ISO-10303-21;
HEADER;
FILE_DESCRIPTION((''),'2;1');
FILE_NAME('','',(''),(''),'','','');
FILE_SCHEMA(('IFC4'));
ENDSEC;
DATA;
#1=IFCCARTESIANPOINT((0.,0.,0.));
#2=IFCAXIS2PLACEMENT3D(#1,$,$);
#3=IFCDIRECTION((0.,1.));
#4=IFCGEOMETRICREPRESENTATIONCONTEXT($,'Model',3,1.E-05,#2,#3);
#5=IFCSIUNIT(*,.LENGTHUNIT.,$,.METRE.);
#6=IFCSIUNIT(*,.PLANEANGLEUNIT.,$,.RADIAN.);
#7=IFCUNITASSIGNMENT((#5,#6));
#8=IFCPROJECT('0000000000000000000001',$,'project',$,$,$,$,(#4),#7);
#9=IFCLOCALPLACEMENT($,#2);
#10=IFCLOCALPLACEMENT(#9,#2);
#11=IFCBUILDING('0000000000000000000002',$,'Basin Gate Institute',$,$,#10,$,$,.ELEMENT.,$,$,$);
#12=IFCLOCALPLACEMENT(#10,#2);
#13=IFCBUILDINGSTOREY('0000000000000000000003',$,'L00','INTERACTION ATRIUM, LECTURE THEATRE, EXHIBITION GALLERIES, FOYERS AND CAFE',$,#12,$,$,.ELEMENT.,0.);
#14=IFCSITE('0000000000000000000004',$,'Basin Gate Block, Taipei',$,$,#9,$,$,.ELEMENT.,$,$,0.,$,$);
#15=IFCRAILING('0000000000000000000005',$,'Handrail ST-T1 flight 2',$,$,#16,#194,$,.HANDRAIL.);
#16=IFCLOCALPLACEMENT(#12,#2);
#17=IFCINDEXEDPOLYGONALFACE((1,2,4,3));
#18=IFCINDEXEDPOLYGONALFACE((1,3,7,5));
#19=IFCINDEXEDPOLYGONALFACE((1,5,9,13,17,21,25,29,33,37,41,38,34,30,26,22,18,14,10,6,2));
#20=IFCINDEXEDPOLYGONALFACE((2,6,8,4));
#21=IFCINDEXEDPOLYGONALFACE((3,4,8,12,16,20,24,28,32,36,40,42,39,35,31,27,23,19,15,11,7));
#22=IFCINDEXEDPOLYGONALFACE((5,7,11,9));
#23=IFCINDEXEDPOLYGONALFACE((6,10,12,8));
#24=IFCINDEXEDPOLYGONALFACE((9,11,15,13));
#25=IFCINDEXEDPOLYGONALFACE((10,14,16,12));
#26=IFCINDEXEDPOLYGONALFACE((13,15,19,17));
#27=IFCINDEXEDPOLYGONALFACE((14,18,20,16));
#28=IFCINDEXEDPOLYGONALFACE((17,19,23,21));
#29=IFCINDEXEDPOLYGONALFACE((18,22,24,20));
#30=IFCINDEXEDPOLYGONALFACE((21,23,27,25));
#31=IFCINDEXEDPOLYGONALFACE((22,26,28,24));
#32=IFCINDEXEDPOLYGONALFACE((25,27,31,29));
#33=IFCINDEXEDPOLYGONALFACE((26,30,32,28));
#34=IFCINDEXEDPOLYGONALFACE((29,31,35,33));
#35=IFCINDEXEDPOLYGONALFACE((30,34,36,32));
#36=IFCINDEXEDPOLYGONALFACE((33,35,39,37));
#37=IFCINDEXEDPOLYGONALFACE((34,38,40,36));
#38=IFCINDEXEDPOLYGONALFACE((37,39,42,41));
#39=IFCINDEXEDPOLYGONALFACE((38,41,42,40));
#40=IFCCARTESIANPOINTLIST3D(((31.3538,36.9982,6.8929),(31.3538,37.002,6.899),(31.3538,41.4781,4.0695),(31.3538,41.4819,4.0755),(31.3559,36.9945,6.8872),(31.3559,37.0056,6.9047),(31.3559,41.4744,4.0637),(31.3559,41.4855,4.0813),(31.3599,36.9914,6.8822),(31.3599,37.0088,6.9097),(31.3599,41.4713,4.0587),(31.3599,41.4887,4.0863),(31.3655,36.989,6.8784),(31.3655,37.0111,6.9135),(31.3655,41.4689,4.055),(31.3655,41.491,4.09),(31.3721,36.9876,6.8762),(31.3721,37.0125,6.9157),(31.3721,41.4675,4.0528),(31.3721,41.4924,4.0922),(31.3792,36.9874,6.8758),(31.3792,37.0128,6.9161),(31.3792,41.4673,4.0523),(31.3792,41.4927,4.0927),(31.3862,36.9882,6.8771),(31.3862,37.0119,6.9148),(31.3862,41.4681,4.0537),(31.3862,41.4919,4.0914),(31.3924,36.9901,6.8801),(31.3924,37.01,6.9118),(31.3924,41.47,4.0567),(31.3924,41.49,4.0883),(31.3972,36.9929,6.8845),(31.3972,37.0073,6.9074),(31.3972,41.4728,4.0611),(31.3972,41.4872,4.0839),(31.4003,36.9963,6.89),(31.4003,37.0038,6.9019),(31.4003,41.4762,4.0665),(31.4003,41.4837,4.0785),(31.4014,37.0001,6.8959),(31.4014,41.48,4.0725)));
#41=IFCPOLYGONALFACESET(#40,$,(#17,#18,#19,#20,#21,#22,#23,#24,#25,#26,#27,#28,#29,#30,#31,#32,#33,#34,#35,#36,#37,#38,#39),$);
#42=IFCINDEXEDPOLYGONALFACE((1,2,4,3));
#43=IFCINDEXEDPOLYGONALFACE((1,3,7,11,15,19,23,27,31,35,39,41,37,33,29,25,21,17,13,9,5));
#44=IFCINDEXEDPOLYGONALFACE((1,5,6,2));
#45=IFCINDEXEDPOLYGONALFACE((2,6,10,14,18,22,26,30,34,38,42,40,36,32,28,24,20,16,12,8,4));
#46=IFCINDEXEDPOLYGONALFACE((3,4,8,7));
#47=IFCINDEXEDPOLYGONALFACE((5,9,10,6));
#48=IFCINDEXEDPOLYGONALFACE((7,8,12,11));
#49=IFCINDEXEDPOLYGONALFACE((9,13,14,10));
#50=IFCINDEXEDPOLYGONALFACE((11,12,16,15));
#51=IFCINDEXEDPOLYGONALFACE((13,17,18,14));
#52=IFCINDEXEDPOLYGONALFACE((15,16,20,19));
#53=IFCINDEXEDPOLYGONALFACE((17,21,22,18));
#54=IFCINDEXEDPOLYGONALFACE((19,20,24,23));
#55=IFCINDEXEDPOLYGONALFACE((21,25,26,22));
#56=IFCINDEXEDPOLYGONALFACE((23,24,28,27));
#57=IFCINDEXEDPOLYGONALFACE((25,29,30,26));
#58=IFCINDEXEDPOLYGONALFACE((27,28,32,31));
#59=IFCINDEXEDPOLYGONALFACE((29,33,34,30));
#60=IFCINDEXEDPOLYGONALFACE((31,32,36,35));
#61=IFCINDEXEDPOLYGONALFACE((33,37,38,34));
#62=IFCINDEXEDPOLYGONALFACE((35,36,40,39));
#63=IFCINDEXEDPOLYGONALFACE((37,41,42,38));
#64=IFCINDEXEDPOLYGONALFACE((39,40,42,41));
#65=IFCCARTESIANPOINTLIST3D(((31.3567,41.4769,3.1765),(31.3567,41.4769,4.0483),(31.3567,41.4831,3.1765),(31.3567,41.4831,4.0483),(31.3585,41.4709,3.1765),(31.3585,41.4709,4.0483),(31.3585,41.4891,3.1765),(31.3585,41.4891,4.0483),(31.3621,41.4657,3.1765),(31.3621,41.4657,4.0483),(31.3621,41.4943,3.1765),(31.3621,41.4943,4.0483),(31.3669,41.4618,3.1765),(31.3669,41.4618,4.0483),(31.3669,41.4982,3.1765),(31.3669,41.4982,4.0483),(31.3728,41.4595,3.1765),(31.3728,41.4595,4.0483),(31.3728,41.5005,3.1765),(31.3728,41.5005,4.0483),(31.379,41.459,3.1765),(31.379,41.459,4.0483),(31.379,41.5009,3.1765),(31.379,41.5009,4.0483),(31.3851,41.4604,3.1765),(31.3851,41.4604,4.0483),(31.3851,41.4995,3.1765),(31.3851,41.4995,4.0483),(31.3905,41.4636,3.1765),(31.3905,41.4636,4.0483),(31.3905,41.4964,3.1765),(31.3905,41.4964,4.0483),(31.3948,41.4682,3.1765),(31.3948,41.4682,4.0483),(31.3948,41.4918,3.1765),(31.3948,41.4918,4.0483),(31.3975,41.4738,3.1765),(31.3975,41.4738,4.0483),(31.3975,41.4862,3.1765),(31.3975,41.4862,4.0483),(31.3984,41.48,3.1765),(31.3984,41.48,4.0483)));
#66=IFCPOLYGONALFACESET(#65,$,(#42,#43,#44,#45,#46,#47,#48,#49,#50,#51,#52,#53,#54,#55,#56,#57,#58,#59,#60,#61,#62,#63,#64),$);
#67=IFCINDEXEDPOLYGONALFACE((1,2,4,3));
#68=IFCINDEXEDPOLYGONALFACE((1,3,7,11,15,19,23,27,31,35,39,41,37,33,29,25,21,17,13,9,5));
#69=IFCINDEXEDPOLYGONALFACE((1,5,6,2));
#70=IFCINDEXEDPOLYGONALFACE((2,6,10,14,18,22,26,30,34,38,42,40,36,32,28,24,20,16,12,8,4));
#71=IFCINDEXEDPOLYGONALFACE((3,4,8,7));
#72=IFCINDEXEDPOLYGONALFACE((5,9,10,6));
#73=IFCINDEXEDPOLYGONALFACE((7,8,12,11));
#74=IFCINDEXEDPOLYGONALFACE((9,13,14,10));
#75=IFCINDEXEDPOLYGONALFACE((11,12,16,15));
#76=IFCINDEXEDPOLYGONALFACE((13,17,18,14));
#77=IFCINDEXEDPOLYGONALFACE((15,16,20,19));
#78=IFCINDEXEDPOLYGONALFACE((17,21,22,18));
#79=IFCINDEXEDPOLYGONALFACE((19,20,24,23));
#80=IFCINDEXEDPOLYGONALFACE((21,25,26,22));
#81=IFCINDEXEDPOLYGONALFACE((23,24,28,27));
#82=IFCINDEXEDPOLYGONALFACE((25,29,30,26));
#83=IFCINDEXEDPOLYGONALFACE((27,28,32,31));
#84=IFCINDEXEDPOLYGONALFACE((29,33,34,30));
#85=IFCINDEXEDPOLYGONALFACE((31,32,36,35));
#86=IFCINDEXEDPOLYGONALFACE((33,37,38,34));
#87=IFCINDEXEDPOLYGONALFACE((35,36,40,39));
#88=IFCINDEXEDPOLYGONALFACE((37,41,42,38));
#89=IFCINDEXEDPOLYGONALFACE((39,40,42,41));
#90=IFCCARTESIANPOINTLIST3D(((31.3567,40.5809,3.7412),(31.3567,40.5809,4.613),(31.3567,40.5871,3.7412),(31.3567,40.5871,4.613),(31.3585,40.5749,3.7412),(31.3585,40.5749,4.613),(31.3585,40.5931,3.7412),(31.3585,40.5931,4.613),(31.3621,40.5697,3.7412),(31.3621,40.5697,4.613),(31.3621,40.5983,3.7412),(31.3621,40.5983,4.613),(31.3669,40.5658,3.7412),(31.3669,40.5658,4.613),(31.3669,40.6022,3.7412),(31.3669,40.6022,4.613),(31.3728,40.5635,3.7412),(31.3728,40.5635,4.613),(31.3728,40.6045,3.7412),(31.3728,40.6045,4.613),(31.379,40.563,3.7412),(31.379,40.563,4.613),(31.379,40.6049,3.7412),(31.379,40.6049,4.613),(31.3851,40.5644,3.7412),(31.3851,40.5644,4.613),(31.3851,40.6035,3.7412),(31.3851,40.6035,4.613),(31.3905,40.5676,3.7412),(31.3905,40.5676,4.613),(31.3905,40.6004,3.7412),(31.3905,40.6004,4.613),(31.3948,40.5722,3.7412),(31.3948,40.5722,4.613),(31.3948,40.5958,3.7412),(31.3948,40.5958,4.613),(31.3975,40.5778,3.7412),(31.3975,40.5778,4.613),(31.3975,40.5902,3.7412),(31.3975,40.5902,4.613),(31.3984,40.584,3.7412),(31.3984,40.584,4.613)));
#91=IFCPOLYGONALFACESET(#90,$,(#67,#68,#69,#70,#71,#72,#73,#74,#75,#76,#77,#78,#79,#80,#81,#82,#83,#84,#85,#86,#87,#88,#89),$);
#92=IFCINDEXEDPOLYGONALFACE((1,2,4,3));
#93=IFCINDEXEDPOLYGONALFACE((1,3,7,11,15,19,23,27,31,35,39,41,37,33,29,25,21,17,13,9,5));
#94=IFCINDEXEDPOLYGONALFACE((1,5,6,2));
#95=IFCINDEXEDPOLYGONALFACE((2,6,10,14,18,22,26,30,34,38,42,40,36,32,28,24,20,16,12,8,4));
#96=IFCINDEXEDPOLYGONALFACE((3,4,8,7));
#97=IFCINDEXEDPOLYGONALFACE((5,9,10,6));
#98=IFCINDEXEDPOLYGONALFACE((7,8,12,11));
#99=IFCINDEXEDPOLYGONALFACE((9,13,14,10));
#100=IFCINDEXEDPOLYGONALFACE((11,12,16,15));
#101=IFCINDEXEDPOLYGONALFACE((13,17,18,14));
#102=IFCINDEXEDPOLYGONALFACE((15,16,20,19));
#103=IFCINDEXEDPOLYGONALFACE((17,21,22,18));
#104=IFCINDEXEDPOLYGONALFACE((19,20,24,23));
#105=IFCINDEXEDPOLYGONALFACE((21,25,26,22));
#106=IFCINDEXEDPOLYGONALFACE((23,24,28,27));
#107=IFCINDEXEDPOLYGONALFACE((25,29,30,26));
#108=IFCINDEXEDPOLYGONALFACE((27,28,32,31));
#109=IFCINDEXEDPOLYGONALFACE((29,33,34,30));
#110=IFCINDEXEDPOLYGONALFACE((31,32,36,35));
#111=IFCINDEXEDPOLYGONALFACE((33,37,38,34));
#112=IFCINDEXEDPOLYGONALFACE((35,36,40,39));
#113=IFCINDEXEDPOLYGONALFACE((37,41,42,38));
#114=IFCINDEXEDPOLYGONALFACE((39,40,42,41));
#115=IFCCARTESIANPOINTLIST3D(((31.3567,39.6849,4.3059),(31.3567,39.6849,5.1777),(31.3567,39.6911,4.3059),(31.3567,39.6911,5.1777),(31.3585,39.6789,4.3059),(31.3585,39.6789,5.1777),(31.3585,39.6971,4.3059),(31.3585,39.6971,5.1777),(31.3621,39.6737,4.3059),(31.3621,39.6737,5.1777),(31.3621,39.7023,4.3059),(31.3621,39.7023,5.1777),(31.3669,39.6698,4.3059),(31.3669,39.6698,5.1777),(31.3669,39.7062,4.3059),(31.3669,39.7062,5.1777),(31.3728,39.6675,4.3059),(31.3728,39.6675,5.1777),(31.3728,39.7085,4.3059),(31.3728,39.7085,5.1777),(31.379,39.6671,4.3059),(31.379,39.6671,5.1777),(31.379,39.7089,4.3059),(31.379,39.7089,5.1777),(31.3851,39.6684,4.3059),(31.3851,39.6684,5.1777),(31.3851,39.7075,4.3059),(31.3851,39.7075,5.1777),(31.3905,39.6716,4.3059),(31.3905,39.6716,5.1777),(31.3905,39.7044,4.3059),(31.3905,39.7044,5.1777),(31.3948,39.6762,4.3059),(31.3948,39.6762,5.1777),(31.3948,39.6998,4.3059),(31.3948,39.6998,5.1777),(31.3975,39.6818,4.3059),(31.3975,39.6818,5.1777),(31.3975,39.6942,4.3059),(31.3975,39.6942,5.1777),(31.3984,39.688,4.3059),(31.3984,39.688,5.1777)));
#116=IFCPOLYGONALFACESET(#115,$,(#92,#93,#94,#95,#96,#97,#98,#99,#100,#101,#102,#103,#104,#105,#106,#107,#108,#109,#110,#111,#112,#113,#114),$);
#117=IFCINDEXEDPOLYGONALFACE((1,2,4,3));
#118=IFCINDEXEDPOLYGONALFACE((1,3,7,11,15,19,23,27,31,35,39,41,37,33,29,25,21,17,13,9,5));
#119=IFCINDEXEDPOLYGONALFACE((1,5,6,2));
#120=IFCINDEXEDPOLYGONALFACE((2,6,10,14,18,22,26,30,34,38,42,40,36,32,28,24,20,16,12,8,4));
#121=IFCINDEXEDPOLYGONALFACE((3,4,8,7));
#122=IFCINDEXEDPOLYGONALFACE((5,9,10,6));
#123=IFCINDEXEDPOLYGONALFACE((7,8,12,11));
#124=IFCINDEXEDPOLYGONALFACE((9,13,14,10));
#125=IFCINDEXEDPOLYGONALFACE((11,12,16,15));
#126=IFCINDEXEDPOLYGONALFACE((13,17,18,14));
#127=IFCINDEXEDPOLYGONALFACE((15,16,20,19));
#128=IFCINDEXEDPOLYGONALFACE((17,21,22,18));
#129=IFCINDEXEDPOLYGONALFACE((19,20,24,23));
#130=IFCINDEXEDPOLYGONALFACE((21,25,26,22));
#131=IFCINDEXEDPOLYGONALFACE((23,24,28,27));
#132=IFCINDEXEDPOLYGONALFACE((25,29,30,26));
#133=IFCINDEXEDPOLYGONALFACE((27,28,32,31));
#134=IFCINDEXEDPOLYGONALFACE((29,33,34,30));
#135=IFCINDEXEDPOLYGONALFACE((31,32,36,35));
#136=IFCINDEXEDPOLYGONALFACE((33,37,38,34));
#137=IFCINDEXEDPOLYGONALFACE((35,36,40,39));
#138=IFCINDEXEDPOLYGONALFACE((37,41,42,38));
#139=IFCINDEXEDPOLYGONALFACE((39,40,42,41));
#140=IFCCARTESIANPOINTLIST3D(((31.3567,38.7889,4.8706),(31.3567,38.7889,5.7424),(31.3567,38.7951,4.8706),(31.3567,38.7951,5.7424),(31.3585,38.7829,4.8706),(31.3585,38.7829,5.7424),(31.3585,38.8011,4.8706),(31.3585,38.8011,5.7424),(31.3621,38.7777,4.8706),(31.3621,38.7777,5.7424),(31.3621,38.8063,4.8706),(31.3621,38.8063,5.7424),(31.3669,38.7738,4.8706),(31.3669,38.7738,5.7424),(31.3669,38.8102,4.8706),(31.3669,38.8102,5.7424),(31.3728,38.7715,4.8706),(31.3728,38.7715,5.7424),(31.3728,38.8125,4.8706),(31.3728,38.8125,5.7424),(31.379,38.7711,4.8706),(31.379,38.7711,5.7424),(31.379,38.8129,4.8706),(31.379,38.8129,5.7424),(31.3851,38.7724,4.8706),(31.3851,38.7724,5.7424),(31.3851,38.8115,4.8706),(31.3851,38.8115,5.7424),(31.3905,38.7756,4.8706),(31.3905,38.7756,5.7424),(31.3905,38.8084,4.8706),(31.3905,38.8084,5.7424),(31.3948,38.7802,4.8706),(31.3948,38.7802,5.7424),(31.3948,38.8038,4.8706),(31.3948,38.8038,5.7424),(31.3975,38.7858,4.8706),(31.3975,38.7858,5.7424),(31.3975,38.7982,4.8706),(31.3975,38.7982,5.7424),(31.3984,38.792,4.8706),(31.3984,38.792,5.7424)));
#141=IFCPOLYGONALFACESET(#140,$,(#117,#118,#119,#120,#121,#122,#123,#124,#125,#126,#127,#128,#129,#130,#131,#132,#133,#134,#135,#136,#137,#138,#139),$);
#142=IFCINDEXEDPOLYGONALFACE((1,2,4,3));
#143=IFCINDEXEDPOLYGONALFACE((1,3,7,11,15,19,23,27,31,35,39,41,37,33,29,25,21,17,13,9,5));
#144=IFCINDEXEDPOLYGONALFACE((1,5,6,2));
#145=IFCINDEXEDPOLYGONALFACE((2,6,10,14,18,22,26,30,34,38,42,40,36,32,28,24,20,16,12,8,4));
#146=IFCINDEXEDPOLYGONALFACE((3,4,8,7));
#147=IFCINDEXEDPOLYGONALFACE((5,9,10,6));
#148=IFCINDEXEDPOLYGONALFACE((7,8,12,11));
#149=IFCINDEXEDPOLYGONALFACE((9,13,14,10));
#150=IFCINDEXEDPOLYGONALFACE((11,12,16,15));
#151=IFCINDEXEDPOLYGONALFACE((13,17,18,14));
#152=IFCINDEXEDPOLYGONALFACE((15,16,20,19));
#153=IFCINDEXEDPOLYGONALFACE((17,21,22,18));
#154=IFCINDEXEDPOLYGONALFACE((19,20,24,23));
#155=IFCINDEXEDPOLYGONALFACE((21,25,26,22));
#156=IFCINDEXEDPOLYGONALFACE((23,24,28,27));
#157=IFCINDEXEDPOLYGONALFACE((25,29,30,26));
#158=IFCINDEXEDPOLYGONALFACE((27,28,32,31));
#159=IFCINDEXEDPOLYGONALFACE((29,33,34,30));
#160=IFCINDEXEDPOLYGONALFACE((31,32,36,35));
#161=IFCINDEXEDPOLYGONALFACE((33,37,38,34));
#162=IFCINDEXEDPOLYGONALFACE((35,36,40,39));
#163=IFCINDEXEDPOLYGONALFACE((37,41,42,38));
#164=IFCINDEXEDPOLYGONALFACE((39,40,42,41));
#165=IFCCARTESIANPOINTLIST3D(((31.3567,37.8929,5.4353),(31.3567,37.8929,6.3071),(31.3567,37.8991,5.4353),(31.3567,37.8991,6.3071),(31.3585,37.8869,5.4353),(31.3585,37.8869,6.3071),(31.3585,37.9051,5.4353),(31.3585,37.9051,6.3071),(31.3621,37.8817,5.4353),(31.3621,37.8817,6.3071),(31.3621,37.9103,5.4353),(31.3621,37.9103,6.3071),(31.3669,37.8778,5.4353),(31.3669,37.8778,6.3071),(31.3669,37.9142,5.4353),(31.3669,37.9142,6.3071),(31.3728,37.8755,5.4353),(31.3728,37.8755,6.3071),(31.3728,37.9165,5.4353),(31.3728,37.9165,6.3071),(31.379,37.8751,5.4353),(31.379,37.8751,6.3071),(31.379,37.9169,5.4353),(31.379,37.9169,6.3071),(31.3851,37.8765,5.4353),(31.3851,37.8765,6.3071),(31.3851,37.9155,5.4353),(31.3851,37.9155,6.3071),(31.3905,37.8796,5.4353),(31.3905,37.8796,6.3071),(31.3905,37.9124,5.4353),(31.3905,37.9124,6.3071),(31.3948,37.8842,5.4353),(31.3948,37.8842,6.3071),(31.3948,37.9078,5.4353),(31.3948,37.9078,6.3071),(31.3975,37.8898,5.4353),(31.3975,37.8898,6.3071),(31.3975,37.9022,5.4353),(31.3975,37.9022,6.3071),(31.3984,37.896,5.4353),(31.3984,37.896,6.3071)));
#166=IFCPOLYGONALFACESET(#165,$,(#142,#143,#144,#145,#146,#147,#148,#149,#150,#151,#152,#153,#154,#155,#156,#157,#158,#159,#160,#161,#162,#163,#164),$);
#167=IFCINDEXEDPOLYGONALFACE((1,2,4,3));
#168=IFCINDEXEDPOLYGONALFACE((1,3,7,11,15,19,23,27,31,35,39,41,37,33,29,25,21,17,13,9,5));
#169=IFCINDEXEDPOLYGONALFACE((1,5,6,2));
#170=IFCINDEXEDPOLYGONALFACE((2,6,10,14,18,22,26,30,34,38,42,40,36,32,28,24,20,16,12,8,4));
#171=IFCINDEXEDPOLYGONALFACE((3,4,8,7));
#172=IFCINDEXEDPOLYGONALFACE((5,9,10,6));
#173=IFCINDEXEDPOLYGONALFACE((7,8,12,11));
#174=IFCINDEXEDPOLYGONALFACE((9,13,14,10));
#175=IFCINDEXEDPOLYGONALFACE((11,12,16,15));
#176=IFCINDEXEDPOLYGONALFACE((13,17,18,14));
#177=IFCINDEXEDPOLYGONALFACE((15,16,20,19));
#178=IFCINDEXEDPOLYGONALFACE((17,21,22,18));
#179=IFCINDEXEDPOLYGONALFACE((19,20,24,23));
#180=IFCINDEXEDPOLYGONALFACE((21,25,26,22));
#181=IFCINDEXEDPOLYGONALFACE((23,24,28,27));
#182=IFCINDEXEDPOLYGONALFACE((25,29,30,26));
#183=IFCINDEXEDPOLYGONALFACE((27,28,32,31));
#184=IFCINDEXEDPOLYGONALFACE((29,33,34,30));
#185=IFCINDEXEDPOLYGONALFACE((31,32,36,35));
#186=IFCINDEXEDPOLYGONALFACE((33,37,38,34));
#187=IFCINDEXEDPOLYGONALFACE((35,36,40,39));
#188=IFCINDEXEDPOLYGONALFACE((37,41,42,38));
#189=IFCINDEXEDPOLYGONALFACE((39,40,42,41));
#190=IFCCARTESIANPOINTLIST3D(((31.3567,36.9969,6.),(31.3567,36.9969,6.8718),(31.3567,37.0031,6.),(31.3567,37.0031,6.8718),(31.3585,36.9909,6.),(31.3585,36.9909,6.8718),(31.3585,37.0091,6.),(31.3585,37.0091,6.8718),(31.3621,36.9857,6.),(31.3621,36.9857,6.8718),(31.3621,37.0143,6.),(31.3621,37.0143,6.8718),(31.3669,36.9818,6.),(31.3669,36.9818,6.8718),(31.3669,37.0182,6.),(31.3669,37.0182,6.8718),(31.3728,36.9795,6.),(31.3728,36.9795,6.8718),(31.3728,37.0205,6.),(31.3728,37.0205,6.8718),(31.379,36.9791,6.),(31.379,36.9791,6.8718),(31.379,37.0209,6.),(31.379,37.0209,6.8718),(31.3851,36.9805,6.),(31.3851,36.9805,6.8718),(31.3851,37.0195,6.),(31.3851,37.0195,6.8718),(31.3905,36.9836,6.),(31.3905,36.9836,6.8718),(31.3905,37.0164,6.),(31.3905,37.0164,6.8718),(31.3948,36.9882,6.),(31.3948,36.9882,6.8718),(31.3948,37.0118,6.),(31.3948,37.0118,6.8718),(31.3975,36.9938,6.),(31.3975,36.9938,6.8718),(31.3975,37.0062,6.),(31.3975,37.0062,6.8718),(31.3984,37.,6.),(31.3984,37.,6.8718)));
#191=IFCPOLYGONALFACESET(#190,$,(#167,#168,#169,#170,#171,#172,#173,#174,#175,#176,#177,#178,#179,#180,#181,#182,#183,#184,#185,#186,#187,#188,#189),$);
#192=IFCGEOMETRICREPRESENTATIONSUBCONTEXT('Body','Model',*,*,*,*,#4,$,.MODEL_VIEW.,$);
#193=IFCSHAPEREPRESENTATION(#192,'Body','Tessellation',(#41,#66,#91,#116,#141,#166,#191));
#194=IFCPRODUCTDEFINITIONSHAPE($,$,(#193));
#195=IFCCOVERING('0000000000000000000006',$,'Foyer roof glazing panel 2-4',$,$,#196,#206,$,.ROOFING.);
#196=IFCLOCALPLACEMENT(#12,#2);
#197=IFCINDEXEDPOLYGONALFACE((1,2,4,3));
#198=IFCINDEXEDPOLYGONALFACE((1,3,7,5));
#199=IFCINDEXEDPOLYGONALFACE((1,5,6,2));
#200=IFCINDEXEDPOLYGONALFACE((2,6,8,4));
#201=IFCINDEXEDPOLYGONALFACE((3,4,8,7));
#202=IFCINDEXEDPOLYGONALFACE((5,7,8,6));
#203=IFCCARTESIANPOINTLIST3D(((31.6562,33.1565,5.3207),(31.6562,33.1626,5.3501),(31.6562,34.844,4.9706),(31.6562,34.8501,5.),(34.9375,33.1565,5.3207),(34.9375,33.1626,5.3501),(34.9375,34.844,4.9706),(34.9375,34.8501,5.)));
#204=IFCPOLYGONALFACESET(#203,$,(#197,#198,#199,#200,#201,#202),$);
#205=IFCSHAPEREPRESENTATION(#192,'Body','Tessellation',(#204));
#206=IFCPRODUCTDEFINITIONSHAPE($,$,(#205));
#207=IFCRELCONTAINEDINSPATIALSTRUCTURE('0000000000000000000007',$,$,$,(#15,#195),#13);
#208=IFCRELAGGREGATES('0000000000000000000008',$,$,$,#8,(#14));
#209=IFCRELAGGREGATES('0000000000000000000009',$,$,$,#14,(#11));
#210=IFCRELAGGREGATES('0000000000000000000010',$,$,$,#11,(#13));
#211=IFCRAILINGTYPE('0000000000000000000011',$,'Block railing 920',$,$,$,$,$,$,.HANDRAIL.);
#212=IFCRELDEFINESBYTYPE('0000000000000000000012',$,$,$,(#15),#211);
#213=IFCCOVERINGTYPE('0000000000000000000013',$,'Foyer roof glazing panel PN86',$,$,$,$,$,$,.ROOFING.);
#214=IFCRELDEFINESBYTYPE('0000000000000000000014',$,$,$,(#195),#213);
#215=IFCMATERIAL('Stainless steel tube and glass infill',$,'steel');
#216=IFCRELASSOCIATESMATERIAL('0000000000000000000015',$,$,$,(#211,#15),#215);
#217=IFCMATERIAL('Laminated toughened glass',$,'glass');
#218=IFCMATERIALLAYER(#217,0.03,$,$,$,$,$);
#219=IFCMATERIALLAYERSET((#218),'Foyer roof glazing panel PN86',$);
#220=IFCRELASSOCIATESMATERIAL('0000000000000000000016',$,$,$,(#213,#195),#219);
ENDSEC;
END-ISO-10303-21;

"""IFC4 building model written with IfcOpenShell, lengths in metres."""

from ifc_helpers import new_model, si_unit, direction, frame, origin, origin_2d, place, context, subcontext, project, spatial, polyline, circle, outline, extrude, material, layer, layer_set, type_object, element, save


model = new_model("IFC4")

# Units and contexts
model_context = context("Model", 3, precision=1e-05, world=origin(), true_north=direction((0.0, 1.0)))
body_context = subcontext(model_context, "Body", "Model", "MODEL_VIEW")
ifc_project = project(units=[si_unit("LENGTHUNIT", "METRE"), si_unit("PLANEANGLEUNIT", "RADIAN")], contexts=[model_context])

# Site, building, storey
site_placement = place(None, origin())
site = spatial("IfcSite", under=ifc_project, at=site_placement, Name="Basin Gate Block, Taipei", CompositionType="ELEMENT", RefElevation=0.0)
building_placement = place(site_placement, origin())
building = spatial("IfcBuilding", under=site, at=building_placement, Name="Basin Gate Institute", CompositionType="ELEMENT")
storey_placement = place(building_placement, origin())
storey = spatial("IfcBuildingStorey", under=building, at=storey_placement, Name="L00", Description="INTERACTION ATRIUM, LECTURE THEATRE, EXHIBITION GALLERIES, FOYERS AND CAFE", CompositionType="ELEMENT", Elevation=0.0)

# Railing
ifc_material_1 = material(Name="Stainless steel tube and glass infill", Category="steel")
railing_type_1 = type_object("IfcRailingType", Name="Block railing 920", PredefinedType="HANDRAIL", material=ifc_material_1)
for number, where, name in (
    (1, (31.3774, 41.48, 3.1765), "Handrail ST-T1 flight 2"),
):
    element("IfcRailing", number, at=place(storey_placement, frame(where)), inside=storey, type_object=railing_type_1, material=ifc_material_1, Name=name, PredefinedType="HANDRAIL", context=body_context, shape_type="SweptSolid", body=[
        extrude(circle(Radius=0.0239, at=origin_2d()), frame((0.0, 0.0, 0.896), z_axis=(0.0, -0.845998, 0.533186), x_axis=(1.0, 0.0, 0.0)), (0.0, 0.0, 1.0), 5.2954),
        extrude(circle(Radius=0.021, at=origin_2d()), origin(), (0.0, 0.0, 1.0), 0.8718),
        extrude(circle(Radius=0.021, at=origin_2d()), frame((0.0, -0.896, 0.5647)), (0.0, 0.0, 1.0), 0.8718),
        extrude(circle(Radius=0.021, at=origin_2d()), frame((0.0, -1.792, 1.1294)), (0.0, 0.0, 1.0), 0.8718),
        extrude(circle(Radius=0.021, at=origin_2d()), frame((0.0, -2.688, 1.6941)), (0.0, 0.0, 1.0), 0.8718),
        extrude(circle(Radius=0.021, at=origin_2d()), frame((0.0, -3.584, 2.2588)), (0.0, 0.0, 1.0), 0.8718),
        extrude(circle(Radius=0.021, at=origin_2d()), frame((0.0, -4.48, 2.8235)), (0.0, 0.0, 1.0), 0.8718),
    ])

# Covering
ifc_material_2 = material(Name="Laminated toughened glass", Category="glass")
ifc_layer_1 = layer(ifc_material_2, 0.03)
ifc_layer_set_1 = layer_set([ifc_layer_1], Name="Foyer roof glazing panel PN86")
covering_type = type_object("IfcCoveringType", Name="Foyer roof glazing panel PN86", PredefinedType="ROOFING", material=ifc_layer_set_1)
covering_placement = place(storey_placement, frame((31.6562, 33.1626, 5.3501), z_axis=(0.0, 0.20314, 0.97915), x_axis=(1.0, 0.0, 0.0)))
element("IfcCovering", 2, at=covering_placement, inside=storey, type_object=covering_type, material=ifc_layer_set_1, Name="Foyer roof glazing panel 2-4", PredefinedType="ROOFING", context=body_context, shape_type="SweptSolid", body=[
    extrude(outline(polyline([(0.0, 0.0), (3.2812, 0.0), (3.2812, 1.7234), (0.0, 1.7234), (0.0, 0.0)])), origin(), (0.0, 0.0, -1.0), 0.03),
])

save(model, "model.ifc")
